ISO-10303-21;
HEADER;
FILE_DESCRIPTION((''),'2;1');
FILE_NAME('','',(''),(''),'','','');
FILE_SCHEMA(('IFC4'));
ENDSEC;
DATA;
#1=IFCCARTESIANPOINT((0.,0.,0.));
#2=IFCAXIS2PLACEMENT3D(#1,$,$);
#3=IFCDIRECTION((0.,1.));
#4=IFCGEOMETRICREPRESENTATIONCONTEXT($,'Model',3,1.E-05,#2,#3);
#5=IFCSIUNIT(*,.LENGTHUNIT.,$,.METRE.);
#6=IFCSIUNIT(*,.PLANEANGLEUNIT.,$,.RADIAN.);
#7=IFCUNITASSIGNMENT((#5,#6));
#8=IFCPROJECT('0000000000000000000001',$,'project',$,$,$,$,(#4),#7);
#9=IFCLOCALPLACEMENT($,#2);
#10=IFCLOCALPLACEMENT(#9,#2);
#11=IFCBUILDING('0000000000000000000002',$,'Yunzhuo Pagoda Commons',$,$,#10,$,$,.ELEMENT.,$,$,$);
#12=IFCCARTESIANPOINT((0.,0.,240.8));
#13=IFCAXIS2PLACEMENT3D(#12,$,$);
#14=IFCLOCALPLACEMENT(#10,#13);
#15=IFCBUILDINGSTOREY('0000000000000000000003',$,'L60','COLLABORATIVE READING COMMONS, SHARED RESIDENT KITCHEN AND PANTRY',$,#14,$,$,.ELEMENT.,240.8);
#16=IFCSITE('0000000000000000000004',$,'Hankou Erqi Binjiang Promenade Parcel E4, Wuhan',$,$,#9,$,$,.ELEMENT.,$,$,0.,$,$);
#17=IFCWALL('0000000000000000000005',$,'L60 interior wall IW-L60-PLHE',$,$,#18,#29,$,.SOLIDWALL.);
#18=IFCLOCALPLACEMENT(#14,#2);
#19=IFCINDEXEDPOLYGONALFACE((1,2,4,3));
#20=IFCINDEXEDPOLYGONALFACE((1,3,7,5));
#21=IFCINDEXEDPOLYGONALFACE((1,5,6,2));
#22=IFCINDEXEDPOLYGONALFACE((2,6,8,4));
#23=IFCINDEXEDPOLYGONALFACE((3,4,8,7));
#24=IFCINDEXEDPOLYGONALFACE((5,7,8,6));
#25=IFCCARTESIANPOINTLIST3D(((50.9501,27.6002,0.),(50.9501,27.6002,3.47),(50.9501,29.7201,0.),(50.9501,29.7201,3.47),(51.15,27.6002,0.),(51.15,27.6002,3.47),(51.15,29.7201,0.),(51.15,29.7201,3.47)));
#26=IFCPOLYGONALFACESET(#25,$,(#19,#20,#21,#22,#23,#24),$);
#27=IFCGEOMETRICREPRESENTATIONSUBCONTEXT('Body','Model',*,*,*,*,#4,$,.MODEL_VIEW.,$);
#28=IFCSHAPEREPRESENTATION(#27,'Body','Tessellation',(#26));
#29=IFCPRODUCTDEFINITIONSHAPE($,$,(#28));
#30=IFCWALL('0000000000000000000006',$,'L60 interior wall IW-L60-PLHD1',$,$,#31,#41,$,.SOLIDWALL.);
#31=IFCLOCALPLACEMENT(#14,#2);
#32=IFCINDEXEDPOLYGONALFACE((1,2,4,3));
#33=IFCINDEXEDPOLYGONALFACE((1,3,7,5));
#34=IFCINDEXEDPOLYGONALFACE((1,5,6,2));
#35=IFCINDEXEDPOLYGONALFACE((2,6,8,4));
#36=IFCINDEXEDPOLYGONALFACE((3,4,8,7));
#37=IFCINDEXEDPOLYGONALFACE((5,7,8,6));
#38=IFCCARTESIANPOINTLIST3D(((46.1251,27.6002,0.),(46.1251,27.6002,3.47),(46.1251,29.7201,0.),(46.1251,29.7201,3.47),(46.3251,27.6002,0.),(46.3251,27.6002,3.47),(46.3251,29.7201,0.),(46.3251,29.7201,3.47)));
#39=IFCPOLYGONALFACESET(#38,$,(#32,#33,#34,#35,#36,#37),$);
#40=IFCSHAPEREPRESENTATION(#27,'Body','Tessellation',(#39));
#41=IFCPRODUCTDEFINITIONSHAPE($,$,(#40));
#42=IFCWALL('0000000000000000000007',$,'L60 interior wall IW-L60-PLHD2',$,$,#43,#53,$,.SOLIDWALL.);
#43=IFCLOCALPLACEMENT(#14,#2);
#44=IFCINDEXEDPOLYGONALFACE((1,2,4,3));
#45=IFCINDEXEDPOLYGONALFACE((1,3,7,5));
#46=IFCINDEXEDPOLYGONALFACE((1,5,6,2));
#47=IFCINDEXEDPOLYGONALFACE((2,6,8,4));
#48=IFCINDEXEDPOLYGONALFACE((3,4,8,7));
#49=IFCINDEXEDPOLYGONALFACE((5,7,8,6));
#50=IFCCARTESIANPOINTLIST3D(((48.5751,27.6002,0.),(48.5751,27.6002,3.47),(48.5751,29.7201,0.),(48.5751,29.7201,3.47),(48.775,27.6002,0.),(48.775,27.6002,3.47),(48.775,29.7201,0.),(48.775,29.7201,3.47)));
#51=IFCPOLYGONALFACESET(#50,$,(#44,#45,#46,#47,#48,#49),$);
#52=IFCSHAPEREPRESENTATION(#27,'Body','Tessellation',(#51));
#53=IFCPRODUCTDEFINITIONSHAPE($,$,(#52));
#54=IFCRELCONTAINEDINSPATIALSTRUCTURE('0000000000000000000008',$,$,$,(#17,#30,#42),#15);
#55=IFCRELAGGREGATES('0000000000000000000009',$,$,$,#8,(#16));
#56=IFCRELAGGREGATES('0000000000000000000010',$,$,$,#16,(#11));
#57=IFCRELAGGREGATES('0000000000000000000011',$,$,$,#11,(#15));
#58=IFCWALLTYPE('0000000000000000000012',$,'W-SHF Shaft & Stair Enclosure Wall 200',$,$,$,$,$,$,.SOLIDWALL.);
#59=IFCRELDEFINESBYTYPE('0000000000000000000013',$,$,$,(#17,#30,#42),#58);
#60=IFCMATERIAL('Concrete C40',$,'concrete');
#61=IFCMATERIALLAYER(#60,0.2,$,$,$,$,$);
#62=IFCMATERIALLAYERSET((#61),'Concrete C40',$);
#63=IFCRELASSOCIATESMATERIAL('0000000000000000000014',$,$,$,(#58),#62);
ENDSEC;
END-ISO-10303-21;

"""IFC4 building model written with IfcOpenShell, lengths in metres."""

from ifc_helpers import new_model, si_unit, direction, frame, frame_2d, origin, place, context, subcontext, project, spatial, rectangle, extrude, material, layer, layer_set, type_object, element, save


model = new_model("IFC4")

# Units and contexts
model_context = context("Model", 3, precision=1e-05, world=origin(), true_north=direction((0.0, 1.0)))
body_context = subcontext(model_context, "Body", "Model", "MODEL_VIEW")
ifc_project = project(units=[si_unit("LENGTHUNIT", "METRE"), si_unit("PLANEANGLEUNIT", "RADIAN")], contexts=[model_context])

# Site, building, storey
site_placement = place(None, origin())
site = spatial("IfcSite", under=ifc_project, at=site_placement, Name="Hankou Erqi Binjiang Promenade Parcel E4, Wuhan", CompositionType="ELEMENT", RefElevation=0.0)
building_placement = place(site_placement, origin())
building = spatial("IfcBuilding", under=site, at=building_placement, Name="Yunzhuo Pagoda Commons", CompositionType="ELEMENT")
storey_placement = place(building_placement, frame((0.0, 0.0, 240.8)))
storey = spatial("IfcBuildingStorey", under=building, at=storey_placement, Name="L60", Description="COLLABORATIVE READING COMMONS, SHARED RESIDENT KITCHEN AND PANTRY", CompositionType="ELEMENT", Elevation=240.8)

# Walls
ifc_material_1 = material(Name="Concrete C40", Category="concrete")
ifc_layer_1 = layer(ifc_material_1, 0.2)
ifc_layer_set_1 = layer_set([ifc_layer_1], Name="Concrete C40")
wall_type_1 = type_object("IfcWallType", Name="W-SHF Shaft & Stair Enclosure Wall 200", PredefinedType="SOLIDWALL", material=ifc_layer_set_1)
for number, where, z_axis, x_axis, name in (
    (1, (51.05, 27.6001, 0.0), (0.0, 0.0, 1.0), (0.0, 1.0, 0.0), "L60 interior wall IW-L60-PLHE"),
    (2, (46.2251, 27.6001, 0.0), (0.0, 0.0, 1.0), (0.0, 1.0, 0.0), "L60 interior wall IW-L60-PLHD1"),
    (3, (48.675, 27.6001, 0.0), (0.0, 0.0, 1.0), (0.0, 1.0, 0.0), "L60 interior wall IW-L60-PLHD2"),
):
    element("IfcWall", number, at=place(storey_placement, frame(where, z_axis=z_axis, x_axis=x_axis)), inside=storey, type_object=wall_type_1, Name=name, PredefinedType="SOLIDWALL", context=body_context, shape_type="SweptSolid", body=[
        extrude(rectangle(XDim=2.1199, YDim=0.2, at=frame_2d((1.0601, 0.0))), origin(), (0.0, 0.0, 1.0), 3.47),
    ])

save(model, "model.ifc")
